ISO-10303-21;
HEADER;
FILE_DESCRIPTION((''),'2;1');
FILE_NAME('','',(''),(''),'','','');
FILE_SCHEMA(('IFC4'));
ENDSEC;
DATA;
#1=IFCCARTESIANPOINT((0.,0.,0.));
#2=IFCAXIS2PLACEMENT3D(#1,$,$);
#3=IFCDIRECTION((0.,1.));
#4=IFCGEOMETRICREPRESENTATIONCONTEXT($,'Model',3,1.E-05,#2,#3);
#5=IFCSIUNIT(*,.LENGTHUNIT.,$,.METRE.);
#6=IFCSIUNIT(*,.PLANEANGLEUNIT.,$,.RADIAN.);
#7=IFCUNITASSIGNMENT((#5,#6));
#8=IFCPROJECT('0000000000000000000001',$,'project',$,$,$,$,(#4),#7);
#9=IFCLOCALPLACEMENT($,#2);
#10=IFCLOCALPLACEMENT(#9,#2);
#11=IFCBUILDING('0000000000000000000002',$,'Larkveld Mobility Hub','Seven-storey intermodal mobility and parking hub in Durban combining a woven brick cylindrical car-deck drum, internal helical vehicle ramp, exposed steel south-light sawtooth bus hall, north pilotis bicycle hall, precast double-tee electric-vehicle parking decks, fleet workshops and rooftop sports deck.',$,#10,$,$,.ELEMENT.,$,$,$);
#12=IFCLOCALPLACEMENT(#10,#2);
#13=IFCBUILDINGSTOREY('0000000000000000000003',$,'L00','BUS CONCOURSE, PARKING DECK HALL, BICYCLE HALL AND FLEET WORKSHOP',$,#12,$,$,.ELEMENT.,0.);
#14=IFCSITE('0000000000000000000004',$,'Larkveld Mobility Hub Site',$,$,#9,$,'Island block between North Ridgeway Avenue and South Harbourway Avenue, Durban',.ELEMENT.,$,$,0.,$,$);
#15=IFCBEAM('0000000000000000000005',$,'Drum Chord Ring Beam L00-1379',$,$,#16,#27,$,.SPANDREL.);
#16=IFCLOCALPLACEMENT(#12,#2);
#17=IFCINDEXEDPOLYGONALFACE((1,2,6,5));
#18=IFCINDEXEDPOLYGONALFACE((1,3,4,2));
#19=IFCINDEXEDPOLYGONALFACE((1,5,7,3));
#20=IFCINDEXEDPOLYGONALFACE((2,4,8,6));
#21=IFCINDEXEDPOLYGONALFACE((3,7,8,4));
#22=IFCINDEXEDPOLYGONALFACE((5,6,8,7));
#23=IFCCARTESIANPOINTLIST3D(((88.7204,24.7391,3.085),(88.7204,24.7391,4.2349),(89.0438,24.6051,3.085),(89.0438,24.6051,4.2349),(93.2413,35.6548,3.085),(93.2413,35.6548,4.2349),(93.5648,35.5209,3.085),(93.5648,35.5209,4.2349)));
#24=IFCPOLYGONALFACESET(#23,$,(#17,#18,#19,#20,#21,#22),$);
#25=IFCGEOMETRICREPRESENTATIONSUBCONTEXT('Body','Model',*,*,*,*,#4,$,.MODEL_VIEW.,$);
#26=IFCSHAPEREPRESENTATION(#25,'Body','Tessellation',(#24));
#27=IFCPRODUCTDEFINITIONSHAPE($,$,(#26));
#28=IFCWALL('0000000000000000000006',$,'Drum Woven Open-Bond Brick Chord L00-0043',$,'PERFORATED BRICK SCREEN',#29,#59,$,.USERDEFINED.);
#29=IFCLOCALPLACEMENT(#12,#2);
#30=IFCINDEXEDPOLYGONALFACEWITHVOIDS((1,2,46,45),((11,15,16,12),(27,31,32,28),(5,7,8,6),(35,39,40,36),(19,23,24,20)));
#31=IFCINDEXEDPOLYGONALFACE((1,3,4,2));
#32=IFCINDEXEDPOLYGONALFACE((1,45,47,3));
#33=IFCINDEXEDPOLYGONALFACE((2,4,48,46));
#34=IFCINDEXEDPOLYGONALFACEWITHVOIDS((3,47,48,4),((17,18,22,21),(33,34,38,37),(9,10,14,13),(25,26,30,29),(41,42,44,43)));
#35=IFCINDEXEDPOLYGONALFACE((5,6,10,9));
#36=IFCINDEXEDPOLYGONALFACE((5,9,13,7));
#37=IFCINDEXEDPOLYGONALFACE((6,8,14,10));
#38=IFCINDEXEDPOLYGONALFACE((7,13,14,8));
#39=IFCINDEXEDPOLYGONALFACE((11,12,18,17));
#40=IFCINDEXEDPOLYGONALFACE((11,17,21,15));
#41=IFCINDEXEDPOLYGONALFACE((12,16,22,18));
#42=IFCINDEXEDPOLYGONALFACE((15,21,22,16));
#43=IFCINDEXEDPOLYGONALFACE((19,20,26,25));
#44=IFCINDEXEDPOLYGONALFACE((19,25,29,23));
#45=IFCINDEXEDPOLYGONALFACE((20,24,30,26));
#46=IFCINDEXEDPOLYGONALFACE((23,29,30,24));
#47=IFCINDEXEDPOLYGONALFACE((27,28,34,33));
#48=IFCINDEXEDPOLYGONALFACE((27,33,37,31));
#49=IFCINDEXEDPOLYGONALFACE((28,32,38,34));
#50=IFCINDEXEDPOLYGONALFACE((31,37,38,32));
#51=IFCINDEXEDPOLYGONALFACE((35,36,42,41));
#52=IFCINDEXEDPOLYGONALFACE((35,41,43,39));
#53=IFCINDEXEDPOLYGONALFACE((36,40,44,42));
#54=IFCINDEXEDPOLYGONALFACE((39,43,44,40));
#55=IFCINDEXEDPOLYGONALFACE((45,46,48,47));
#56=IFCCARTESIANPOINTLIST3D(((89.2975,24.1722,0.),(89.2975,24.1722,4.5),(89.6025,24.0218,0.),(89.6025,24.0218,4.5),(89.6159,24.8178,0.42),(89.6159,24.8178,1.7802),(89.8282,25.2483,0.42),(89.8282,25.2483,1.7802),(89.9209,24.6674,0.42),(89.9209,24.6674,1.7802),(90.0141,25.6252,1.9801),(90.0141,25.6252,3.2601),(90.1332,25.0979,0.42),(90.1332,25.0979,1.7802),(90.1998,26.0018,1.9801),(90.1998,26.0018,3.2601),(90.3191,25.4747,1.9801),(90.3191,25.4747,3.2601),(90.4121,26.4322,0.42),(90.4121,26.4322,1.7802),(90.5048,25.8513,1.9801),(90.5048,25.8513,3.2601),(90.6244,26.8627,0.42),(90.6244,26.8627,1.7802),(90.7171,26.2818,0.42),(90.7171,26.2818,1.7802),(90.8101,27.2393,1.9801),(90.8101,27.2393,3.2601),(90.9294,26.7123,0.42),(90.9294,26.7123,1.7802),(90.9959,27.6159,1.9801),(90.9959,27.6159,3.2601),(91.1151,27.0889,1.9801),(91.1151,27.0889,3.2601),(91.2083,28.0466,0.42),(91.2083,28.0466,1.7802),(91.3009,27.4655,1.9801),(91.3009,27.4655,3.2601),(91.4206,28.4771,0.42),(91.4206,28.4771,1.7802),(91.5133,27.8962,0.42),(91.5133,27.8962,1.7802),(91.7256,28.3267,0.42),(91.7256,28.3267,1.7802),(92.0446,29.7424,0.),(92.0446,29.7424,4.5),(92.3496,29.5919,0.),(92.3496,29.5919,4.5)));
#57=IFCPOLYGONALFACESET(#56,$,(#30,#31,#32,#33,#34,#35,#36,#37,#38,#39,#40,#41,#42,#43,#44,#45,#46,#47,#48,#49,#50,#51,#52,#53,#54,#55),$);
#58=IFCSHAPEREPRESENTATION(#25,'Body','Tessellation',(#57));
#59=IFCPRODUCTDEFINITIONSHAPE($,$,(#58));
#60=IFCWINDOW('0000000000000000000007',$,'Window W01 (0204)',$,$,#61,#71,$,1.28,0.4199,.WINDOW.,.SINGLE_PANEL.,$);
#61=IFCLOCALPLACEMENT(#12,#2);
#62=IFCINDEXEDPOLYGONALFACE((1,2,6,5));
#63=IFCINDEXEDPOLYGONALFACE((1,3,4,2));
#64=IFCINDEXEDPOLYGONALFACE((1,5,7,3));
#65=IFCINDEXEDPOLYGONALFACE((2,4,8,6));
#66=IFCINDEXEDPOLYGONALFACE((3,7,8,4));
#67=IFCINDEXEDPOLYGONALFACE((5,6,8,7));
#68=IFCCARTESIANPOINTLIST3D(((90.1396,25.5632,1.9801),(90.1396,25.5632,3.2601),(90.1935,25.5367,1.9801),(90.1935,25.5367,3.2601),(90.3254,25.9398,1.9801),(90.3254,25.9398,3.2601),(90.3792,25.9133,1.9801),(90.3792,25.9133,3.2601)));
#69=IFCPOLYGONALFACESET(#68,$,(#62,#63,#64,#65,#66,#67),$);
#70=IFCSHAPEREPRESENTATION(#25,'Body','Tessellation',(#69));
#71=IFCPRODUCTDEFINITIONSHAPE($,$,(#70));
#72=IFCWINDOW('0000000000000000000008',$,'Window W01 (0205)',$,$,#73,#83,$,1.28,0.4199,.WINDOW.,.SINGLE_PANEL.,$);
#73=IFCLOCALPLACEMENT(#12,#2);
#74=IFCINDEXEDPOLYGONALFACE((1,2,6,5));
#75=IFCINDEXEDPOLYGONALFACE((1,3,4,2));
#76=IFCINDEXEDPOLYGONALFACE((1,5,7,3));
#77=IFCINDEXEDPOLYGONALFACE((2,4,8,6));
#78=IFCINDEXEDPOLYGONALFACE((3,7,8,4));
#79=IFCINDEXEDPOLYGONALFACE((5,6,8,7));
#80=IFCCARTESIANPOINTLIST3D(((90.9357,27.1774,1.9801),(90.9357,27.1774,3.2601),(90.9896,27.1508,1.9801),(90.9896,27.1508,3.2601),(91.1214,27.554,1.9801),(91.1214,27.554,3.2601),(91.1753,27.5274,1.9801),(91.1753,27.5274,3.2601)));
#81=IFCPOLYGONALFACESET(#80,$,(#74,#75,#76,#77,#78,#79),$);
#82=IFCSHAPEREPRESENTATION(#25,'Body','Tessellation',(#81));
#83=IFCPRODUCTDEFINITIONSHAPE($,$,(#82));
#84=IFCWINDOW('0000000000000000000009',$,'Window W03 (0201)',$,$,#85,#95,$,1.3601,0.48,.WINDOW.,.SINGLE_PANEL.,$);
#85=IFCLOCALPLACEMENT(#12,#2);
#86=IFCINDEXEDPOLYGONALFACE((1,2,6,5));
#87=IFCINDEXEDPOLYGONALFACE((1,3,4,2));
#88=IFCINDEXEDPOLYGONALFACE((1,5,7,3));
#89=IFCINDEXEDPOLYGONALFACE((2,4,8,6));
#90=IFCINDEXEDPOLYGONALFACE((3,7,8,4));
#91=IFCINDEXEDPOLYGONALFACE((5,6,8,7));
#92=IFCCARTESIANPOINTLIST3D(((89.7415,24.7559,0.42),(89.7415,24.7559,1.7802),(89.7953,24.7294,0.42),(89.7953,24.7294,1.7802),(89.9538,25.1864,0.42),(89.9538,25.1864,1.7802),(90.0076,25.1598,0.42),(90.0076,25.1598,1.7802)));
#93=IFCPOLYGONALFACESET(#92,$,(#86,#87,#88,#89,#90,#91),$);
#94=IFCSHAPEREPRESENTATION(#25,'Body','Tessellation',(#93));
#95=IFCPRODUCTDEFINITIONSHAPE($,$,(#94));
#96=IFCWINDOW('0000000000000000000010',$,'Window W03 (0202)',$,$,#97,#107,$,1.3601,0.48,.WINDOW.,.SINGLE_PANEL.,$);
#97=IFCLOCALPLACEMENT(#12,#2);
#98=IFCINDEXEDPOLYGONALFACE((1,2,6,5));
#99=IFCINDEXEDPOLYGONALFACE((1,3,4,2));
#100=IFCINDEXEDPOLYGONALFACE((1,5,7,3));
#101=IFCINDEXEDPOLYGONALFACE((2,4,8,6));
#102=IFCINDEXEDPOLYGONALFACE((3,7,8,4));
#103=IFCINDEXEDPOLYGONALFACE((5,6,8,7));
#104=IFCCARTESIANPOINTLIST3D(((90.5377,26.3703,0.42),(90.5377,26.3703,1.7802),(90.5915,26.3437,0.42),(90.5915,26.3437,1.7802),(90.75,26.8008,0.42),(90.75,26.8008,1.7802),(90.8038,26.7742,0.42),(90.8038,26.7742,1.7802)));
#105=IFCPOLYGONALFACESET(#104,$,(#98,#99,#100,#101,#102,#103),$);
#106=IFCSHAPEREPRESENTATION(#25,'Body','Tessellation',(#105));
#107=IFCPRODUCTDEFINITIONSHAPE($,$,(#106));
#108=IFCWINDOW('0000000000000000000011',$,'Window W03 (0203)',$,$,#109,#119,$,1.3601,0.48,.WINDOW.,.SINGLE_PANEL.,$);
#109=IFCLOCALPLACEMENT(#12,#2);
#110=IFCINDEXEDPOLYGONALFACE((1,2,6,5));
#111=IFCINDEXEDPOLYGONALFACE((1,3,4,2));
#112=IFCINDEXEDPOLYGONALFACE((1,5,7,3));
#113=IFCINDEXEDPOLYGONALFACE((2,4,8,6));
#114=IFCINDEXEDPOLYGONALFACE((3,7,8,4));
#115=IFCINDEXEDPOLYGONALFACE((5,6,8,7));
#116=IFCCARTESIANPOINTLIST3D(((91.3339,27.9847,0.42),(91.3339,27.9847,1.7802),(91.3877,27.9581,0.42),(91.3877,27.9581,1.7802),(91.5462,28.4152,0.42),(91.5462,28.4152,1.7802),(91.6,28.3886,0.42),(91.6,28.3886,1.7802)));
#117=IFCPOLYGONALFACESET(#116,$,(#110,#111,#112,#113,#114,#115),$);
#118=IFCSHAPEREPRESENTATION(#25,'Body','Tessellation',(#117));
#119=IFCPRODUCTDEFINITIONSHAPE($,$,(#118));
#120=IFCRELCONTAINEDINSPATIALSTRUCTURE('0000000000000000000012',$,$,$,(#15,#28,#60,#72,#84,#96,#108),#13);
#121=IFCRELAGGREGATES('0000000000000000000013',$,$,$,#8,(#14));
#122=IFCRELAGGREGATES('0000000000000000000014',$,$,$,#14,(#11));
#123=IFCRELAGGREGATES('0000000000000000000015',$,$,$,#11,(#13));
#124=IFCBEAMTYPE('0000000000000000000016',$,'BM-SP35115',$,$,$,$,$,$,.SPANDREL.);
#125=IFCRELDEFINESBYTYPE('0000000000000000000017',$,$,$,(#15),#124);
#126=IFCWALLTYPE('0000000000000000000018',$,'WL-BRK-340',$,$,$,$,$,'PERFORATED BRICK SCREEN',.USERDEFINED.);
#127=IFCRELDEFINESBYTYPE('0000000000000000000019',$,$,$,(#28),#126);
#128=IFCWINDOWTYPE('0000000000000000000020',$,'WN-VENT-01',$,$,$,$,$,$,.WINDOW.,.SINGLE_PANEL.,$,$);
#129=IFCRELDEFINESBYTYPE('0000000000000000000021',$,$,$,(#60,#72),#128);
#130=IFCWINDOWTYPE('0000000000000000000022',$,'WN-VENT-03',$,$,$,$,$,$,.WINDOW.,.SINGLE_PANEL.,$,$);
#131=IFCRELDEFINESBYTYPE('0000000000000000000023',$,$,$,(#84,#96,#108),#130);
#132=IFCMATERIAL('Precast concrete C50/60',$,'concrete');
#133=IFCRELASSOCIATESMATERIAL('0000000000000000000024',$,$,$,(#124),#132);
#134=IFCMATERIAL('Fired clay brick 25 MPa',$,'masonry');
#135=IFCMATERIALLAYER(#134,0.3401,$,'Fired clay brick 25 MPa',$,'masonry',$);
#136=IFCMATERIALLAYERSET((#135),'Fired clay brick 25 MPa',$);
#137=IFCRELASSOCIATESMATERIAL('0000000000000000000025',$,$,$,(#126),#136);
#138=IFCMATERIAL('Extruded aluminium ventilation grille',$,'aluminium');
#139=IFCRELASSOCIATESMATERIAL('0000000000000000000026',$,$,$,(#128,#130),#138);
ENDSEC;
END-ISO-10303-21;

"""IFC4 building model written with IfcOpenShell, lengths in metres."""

from ifc_helpers import new_model, si_unit, direction, frame, frame_2d, origin, origin_2d, place, context, subcontext, project, spatial, rectangle, extrude, material, layer, layer_set, material_profile, profile_set, type_object, element, fill, save


model = new_model("IFC4")

# Units and contexts
model_context = context("Model", 3, precision=1e-05, world=origin(), true_north=direction((0.0, 1.0)))
body_context = subcontext(model_context, "Body", "Model", "MODEL_VIEW")
ifc_project = project(units=[si_unit("LENGTHUNIT", "METRE"), si_unit("PLANEANGLEUNIT", "RADIAN")], contexts=[model_context])

# Site, building, storey
site_placement = place(None, origin())
site = spatial("IfcSite", under=ifc_project, at=site_placement, Name="Larkveld Mobility Hub Site", LongName="Island block between North Ridgeway Avenue and South Harbourway Avenue, Durban", CompositionType="ELEMENT", RefElevation=0.0)
building_placement = place(site_placement, origin())
building = spatial("IfcBuilding", under=site, at=building_placement, Name="Larkveld Mobility Hub", Description="Seven-storey intermodal mobility and parking hub in Durban combining a woven brick cylindrical car-deck drum, internal helical vehicle ramp, exposed steel south-light sawtooth bus hall, north pilotis bicycle hall, precast double-tee electric-vehicle parking decks, fleet workshops and rooftop sports deck.", CompositionType="ELEMENT")
storey_placement = place(building_placement, origin())
storey = spatial("IfcBuildingStorey", under=building, at=storey_placement, Name="L00", Description="BUS CONCOURSE, PARKING DECK HALL, BICYCLE HALL AND FLEET WORKSHOP", CompositionType="ELEMENT", Elevation=0.0)

# Beam
ifc_material_1 = material(Name="Precast concrete C50/60", Category="concrete")
ifc_material_profile_1 = material_profile(ifc_material_1, rectangle(XDim=0.3501, YDim=1.1499, at=origin_2d()), Name="PC SP 350x1150")
ifc_profile_set_1 = profile_set([ifc_material_profile_1], Name="Precast concrete C50/60")
beam_type_1 = type_object("IfcBeamType", Name="BM-SP35115", PredefinedType="SPANDREL", material=ifc_profile_set_1)
beam_1_placement = place(storey_placement, frame((88.8821, 24.6721, 3.6599), z_axis=(0.38265, 0.923893, 0.0), x_axis=(-0.923893, 0.38265, 0.0)))
element("IfcBeam", 1, at=beam_1_placement, inside=storey, type_object=beam_type_1, Name="Drum Chord Ring Beam L00-1379", PredefinedType="SPANDREL", context=body_context, shape_type="SweptSolid", body=[
    extrude(rectangle(XDim=0.3501, YDim=1.1499, at=origin_2d()), origin(), (0.0, 0.0, 1.0), 11.8149),
])

# Wall, openings, windows
ifc_material_2 = material(Name="Fired clay brick 25 MPa", Category="masonry")
ifc_layer = layer(ifc_material_2, 0.3401, Name="Fired clay brick 25 MPa", Category="masonry")
ifc_layer_set = layer_set([ifc_layer], Name="Fired clay brick 25 MPa")
wall_type = type_object("IfcWallType", Name="WL-BRK-340", ElementType="PERFORATED BRICK SCREEN", PredefinedType="USERDEFINED", material=ifc_layer_set)
wall_placement = place(storey_placement, frame((89.45, 24.0969, 0.0), z_axis=(0.0, 0.0, 1.0), x_axis=(0.442317, 0.896859, 0.0)))
wall = element("IfcWall", 2, at=wall_placement, inside=storey, type_object=wall_type, Name="Drum Woven Open-Bond Brick Chord L00-0043", ObjectType="PERFORATED BRICK SCREEN", PredefinedType="USERDEFINED", context=body_context, shape_type="SweptSolid", body=[
    extrude(rectangle(XDim=6.2107, YDim=0.3401, at=frame_2d((3.1055, 0.0))), origin(), (0.0, 0.0, 1.0), 4.5),
])
opening_1_placement = place(wall_placement, frame((0.72, 0.0, 0.4199)))
opening_1 = element("IfcOpeningElement", 3, at=opening_1_placement, cuts=wall, PredefinedType="OPENING", context=body_context, shape_type="SweptSolid", body=[
    extrude(rectangle(XDim=0.48, YDim=1.3601, at=frame_2d((0.24, 0.6802))), frame((0.0, 0.1802, 0.0), z_axis=(0.0, -1.0, 0.0), x_axis=(1.0, 0.0, 0.0)), (0.0, 0.0, 1.0), 0.3601),
])
opening_2_placement = place(wall_placement, frame((2.52, 0.0, 0.4199)))
opening_2 = element("IfcOpeningElement", 4, at=opening_2_placement, cuts=wall, PredefinedType="OPENING", context=body_context, shape_type="SweptSolid", body=[
    extrude(rectangle(XDim=0.48, YDim=1.3601, at=frame_2d((0.24, 0.6802))), frame((0.0, 0.1802, 0.0), z_axis=(0.0, -1.0, 0.0), x_axis=(1.0, 0.0, 0.0)), (0.0, 0.0, 1.0), 0.3601),
])
opening_3_placement = place(wall_placement, frame((4.3201, 0.0, 0.4199)))
opening_3 = element("IfcOpeningElement", 5, at=opening_3_placement, cuts=wall, PredefinedType="OPENING", context=body_context, shape_type="SweptSolid", body=[
    extrude(rectangle(XDim=0.48, YDim=1.3601, at=frame_2d((0.24, 0.6802))), frame((0.0, 0.1802, 0.0), z_axis=(0.0, -1.0, 0.0), x_axis=(1.0, 0.0, 0.0)), (0.0, 0.0, 1.0), 0.3601),
])
opening_4_placement = place(wall_placement, frame((1.6201, 0.0, 1.98)))
opening_4 = element("IfcOpeningElement", 6, at=opening_4_placement, cuts=wall, PredefinedType="OPENING", context=body_context, shape_type="SweptSolid", body=[
    extrude(rectangle(XDim=0.4199, YDim=1.28, at=frame_2d((0.21, 0.6401))), frame((0.0, 0.1802, 0.0), z_axis=(0.0, -1.0, 0.0), x_axis=(1.0, 0.0, 0.0)), (0.0, 0.0, 1.0), 0.3601),
])
opening_5_placement = place(wall_placement, frame((3.4199, 0.0, 1.98)))
opening_5 = element("IfcOpeningElement", 7, at=opening_5_placement, cuts=wall, PredefinedType="OPENING", context=body_context, shape_type="SweptSolid", body=[
    extrude(rectangle(XDim=0.4199, YDim=1.28, at=frame_2d((0.21, 0.6401))), frame((0.0, 0.1802, 0.0), z_axis=(0.0, -1.0, 0.0), x_axis=(1.0, 0.0, 0.0)), (0.0, 0.0, 1.0), 0.3601),
])
ifc_material_3 = material(Name="Extruded aluminium ventilation grille", Category="aluminium")
window_type_1 = type_object("IfcWindowType", Name="WN-VENT-01", PartitioningType="SINGLE_PANEL", PredefinedType="WINDOW", material=ifc_material_3)
window_1_placement = place(opening_4_placement, origin())
window_1 = element("IfcWindow", 8, at=window_1_placement, inside=storey, type_object=window_type_1, Name="Window W01 (0204)", OverallHeight=1.28, OverallWidth=0.4199, PartitioningType="SINGLE_PANEL", PredefinedType="WINDOW", context=body_context, shape_type="SweptSolid", body=[
    extrude(rectangle(XDim=0.4199, YDim=1.28, at=frame_2d((0.21, 0.6401))), frame((0.0, 0.03, 0.0), z_axis=(0.0, -1.0, 0.0), x_axis=(1.0, 0.0, 0.0)), (0.0, 0.0, 1.0), 0.0601),
])
fill(opening_4, window_1)
window_2_placement = place(opening_5_placement, origin())
window_2 = element("IfcWindow", 9, at=window_2_placement, inside=storey, type_object=window_type_1, Name="Window W01 (0205)", OverallHeight=1.28, OverallWidth=0.4199, PartitioningType="SINGLE_PANEL", PredefinedType="WINDOW", context=body_context, shape_type="SweptSolid", body=[
    extrude(rectangle(XDim=0.4199, YDim=1.28, at=frame_2d((0.21, 0.6401))), frame((0.0, 0.03, 0.0), z_axis=(0.0, -1.0, 0.0), x_axis=(1.0, 0.0, 0.0)), (0.0, 0.0, 1.0), 0.0601),
])
fill(opening_5, window_2)
window_type_2 = type_object("IfcWindowType", Name="WN-VENT-03", PartitioningType="SINGLE_PANEL", PredefinedType="WINDOW", material=ifc_material_3)
window_3_placement = place(opening_1_placement, origin())
window_3 = element("IfcWindow", 10, at=window_3_placement, inside=storey, type_object=window_type_2, Name="Window W03 (0201)", OverallHeight=1.3601, OverallWidth=0.48, PartitioningType="SINGLE_PANEL", PredefinedType="WINDOW", context=body_context, shape_type="SweptSolid", body=[
    extrude(rectangle(XDim=0.48, YDim=1.3601, at=frame_2d((0.24, 0.6802))), frame((0.0, 0.03, 0.0), z_axis=(0.0, -1.0, 0.0), x_axis=(1.0, 0.0, 0.0)), (0.0, 0.0, 1.0), 0.0601),
])
fill(opening_1, window_3)
window_4_placement = place(opening_2_placement, origin())
window_4 = element("IfcWindow", 11, at=window_4_placement, inside=storey, type_object=window_type_2, Name="Window W03 (0202)", OverallHeight=1.3601, OverallWidth=0.48, PartitioningType="SINGLE_PANEL", PredefinedType="WINDOW", context=body_context, shape_type="SweptSolid", body=[
    extrude(rectangle(XDim=0.48, YDim=1.3601, at=frame_2d((0.24, 0.6802))), frame((0.0, 0.03, 0.0), z_axis=(0.0, -1.0, 0.0), x_axis=(1.0, 0.0, 0.0)), (0.0, 0.0, 1.0), 0.0601),
])
fill(opening_2, window_4)
window_5_placement = place(opening_3_placement, origin())
window_5 = element("IfcWindow", 12, at=window_5_placement, inside=storey, type_object=window_type_2, Name="Window W03 (0203)", OverallHeight=1.3601, OverallWidth=0.48, PartitioningType="SINGLE_PANEL", PredefinedType="WINDOW", context=body_context, shape_type="SweptSolid", body=[
    extrude(rectangle(XDim=0.48, YDim=1.3601, at=frame_2d((0.24, 0.6802))), frame((0.0, 0.03, 0.0), z_axis=(0.0, -1.0, 0.0), x_axis=(1.0, 0.0, 0.0)), (0.0, 0.0, 1.0), 0.0601),
])
fill(opening_3, window_5)

save(model, "model.ifc")
